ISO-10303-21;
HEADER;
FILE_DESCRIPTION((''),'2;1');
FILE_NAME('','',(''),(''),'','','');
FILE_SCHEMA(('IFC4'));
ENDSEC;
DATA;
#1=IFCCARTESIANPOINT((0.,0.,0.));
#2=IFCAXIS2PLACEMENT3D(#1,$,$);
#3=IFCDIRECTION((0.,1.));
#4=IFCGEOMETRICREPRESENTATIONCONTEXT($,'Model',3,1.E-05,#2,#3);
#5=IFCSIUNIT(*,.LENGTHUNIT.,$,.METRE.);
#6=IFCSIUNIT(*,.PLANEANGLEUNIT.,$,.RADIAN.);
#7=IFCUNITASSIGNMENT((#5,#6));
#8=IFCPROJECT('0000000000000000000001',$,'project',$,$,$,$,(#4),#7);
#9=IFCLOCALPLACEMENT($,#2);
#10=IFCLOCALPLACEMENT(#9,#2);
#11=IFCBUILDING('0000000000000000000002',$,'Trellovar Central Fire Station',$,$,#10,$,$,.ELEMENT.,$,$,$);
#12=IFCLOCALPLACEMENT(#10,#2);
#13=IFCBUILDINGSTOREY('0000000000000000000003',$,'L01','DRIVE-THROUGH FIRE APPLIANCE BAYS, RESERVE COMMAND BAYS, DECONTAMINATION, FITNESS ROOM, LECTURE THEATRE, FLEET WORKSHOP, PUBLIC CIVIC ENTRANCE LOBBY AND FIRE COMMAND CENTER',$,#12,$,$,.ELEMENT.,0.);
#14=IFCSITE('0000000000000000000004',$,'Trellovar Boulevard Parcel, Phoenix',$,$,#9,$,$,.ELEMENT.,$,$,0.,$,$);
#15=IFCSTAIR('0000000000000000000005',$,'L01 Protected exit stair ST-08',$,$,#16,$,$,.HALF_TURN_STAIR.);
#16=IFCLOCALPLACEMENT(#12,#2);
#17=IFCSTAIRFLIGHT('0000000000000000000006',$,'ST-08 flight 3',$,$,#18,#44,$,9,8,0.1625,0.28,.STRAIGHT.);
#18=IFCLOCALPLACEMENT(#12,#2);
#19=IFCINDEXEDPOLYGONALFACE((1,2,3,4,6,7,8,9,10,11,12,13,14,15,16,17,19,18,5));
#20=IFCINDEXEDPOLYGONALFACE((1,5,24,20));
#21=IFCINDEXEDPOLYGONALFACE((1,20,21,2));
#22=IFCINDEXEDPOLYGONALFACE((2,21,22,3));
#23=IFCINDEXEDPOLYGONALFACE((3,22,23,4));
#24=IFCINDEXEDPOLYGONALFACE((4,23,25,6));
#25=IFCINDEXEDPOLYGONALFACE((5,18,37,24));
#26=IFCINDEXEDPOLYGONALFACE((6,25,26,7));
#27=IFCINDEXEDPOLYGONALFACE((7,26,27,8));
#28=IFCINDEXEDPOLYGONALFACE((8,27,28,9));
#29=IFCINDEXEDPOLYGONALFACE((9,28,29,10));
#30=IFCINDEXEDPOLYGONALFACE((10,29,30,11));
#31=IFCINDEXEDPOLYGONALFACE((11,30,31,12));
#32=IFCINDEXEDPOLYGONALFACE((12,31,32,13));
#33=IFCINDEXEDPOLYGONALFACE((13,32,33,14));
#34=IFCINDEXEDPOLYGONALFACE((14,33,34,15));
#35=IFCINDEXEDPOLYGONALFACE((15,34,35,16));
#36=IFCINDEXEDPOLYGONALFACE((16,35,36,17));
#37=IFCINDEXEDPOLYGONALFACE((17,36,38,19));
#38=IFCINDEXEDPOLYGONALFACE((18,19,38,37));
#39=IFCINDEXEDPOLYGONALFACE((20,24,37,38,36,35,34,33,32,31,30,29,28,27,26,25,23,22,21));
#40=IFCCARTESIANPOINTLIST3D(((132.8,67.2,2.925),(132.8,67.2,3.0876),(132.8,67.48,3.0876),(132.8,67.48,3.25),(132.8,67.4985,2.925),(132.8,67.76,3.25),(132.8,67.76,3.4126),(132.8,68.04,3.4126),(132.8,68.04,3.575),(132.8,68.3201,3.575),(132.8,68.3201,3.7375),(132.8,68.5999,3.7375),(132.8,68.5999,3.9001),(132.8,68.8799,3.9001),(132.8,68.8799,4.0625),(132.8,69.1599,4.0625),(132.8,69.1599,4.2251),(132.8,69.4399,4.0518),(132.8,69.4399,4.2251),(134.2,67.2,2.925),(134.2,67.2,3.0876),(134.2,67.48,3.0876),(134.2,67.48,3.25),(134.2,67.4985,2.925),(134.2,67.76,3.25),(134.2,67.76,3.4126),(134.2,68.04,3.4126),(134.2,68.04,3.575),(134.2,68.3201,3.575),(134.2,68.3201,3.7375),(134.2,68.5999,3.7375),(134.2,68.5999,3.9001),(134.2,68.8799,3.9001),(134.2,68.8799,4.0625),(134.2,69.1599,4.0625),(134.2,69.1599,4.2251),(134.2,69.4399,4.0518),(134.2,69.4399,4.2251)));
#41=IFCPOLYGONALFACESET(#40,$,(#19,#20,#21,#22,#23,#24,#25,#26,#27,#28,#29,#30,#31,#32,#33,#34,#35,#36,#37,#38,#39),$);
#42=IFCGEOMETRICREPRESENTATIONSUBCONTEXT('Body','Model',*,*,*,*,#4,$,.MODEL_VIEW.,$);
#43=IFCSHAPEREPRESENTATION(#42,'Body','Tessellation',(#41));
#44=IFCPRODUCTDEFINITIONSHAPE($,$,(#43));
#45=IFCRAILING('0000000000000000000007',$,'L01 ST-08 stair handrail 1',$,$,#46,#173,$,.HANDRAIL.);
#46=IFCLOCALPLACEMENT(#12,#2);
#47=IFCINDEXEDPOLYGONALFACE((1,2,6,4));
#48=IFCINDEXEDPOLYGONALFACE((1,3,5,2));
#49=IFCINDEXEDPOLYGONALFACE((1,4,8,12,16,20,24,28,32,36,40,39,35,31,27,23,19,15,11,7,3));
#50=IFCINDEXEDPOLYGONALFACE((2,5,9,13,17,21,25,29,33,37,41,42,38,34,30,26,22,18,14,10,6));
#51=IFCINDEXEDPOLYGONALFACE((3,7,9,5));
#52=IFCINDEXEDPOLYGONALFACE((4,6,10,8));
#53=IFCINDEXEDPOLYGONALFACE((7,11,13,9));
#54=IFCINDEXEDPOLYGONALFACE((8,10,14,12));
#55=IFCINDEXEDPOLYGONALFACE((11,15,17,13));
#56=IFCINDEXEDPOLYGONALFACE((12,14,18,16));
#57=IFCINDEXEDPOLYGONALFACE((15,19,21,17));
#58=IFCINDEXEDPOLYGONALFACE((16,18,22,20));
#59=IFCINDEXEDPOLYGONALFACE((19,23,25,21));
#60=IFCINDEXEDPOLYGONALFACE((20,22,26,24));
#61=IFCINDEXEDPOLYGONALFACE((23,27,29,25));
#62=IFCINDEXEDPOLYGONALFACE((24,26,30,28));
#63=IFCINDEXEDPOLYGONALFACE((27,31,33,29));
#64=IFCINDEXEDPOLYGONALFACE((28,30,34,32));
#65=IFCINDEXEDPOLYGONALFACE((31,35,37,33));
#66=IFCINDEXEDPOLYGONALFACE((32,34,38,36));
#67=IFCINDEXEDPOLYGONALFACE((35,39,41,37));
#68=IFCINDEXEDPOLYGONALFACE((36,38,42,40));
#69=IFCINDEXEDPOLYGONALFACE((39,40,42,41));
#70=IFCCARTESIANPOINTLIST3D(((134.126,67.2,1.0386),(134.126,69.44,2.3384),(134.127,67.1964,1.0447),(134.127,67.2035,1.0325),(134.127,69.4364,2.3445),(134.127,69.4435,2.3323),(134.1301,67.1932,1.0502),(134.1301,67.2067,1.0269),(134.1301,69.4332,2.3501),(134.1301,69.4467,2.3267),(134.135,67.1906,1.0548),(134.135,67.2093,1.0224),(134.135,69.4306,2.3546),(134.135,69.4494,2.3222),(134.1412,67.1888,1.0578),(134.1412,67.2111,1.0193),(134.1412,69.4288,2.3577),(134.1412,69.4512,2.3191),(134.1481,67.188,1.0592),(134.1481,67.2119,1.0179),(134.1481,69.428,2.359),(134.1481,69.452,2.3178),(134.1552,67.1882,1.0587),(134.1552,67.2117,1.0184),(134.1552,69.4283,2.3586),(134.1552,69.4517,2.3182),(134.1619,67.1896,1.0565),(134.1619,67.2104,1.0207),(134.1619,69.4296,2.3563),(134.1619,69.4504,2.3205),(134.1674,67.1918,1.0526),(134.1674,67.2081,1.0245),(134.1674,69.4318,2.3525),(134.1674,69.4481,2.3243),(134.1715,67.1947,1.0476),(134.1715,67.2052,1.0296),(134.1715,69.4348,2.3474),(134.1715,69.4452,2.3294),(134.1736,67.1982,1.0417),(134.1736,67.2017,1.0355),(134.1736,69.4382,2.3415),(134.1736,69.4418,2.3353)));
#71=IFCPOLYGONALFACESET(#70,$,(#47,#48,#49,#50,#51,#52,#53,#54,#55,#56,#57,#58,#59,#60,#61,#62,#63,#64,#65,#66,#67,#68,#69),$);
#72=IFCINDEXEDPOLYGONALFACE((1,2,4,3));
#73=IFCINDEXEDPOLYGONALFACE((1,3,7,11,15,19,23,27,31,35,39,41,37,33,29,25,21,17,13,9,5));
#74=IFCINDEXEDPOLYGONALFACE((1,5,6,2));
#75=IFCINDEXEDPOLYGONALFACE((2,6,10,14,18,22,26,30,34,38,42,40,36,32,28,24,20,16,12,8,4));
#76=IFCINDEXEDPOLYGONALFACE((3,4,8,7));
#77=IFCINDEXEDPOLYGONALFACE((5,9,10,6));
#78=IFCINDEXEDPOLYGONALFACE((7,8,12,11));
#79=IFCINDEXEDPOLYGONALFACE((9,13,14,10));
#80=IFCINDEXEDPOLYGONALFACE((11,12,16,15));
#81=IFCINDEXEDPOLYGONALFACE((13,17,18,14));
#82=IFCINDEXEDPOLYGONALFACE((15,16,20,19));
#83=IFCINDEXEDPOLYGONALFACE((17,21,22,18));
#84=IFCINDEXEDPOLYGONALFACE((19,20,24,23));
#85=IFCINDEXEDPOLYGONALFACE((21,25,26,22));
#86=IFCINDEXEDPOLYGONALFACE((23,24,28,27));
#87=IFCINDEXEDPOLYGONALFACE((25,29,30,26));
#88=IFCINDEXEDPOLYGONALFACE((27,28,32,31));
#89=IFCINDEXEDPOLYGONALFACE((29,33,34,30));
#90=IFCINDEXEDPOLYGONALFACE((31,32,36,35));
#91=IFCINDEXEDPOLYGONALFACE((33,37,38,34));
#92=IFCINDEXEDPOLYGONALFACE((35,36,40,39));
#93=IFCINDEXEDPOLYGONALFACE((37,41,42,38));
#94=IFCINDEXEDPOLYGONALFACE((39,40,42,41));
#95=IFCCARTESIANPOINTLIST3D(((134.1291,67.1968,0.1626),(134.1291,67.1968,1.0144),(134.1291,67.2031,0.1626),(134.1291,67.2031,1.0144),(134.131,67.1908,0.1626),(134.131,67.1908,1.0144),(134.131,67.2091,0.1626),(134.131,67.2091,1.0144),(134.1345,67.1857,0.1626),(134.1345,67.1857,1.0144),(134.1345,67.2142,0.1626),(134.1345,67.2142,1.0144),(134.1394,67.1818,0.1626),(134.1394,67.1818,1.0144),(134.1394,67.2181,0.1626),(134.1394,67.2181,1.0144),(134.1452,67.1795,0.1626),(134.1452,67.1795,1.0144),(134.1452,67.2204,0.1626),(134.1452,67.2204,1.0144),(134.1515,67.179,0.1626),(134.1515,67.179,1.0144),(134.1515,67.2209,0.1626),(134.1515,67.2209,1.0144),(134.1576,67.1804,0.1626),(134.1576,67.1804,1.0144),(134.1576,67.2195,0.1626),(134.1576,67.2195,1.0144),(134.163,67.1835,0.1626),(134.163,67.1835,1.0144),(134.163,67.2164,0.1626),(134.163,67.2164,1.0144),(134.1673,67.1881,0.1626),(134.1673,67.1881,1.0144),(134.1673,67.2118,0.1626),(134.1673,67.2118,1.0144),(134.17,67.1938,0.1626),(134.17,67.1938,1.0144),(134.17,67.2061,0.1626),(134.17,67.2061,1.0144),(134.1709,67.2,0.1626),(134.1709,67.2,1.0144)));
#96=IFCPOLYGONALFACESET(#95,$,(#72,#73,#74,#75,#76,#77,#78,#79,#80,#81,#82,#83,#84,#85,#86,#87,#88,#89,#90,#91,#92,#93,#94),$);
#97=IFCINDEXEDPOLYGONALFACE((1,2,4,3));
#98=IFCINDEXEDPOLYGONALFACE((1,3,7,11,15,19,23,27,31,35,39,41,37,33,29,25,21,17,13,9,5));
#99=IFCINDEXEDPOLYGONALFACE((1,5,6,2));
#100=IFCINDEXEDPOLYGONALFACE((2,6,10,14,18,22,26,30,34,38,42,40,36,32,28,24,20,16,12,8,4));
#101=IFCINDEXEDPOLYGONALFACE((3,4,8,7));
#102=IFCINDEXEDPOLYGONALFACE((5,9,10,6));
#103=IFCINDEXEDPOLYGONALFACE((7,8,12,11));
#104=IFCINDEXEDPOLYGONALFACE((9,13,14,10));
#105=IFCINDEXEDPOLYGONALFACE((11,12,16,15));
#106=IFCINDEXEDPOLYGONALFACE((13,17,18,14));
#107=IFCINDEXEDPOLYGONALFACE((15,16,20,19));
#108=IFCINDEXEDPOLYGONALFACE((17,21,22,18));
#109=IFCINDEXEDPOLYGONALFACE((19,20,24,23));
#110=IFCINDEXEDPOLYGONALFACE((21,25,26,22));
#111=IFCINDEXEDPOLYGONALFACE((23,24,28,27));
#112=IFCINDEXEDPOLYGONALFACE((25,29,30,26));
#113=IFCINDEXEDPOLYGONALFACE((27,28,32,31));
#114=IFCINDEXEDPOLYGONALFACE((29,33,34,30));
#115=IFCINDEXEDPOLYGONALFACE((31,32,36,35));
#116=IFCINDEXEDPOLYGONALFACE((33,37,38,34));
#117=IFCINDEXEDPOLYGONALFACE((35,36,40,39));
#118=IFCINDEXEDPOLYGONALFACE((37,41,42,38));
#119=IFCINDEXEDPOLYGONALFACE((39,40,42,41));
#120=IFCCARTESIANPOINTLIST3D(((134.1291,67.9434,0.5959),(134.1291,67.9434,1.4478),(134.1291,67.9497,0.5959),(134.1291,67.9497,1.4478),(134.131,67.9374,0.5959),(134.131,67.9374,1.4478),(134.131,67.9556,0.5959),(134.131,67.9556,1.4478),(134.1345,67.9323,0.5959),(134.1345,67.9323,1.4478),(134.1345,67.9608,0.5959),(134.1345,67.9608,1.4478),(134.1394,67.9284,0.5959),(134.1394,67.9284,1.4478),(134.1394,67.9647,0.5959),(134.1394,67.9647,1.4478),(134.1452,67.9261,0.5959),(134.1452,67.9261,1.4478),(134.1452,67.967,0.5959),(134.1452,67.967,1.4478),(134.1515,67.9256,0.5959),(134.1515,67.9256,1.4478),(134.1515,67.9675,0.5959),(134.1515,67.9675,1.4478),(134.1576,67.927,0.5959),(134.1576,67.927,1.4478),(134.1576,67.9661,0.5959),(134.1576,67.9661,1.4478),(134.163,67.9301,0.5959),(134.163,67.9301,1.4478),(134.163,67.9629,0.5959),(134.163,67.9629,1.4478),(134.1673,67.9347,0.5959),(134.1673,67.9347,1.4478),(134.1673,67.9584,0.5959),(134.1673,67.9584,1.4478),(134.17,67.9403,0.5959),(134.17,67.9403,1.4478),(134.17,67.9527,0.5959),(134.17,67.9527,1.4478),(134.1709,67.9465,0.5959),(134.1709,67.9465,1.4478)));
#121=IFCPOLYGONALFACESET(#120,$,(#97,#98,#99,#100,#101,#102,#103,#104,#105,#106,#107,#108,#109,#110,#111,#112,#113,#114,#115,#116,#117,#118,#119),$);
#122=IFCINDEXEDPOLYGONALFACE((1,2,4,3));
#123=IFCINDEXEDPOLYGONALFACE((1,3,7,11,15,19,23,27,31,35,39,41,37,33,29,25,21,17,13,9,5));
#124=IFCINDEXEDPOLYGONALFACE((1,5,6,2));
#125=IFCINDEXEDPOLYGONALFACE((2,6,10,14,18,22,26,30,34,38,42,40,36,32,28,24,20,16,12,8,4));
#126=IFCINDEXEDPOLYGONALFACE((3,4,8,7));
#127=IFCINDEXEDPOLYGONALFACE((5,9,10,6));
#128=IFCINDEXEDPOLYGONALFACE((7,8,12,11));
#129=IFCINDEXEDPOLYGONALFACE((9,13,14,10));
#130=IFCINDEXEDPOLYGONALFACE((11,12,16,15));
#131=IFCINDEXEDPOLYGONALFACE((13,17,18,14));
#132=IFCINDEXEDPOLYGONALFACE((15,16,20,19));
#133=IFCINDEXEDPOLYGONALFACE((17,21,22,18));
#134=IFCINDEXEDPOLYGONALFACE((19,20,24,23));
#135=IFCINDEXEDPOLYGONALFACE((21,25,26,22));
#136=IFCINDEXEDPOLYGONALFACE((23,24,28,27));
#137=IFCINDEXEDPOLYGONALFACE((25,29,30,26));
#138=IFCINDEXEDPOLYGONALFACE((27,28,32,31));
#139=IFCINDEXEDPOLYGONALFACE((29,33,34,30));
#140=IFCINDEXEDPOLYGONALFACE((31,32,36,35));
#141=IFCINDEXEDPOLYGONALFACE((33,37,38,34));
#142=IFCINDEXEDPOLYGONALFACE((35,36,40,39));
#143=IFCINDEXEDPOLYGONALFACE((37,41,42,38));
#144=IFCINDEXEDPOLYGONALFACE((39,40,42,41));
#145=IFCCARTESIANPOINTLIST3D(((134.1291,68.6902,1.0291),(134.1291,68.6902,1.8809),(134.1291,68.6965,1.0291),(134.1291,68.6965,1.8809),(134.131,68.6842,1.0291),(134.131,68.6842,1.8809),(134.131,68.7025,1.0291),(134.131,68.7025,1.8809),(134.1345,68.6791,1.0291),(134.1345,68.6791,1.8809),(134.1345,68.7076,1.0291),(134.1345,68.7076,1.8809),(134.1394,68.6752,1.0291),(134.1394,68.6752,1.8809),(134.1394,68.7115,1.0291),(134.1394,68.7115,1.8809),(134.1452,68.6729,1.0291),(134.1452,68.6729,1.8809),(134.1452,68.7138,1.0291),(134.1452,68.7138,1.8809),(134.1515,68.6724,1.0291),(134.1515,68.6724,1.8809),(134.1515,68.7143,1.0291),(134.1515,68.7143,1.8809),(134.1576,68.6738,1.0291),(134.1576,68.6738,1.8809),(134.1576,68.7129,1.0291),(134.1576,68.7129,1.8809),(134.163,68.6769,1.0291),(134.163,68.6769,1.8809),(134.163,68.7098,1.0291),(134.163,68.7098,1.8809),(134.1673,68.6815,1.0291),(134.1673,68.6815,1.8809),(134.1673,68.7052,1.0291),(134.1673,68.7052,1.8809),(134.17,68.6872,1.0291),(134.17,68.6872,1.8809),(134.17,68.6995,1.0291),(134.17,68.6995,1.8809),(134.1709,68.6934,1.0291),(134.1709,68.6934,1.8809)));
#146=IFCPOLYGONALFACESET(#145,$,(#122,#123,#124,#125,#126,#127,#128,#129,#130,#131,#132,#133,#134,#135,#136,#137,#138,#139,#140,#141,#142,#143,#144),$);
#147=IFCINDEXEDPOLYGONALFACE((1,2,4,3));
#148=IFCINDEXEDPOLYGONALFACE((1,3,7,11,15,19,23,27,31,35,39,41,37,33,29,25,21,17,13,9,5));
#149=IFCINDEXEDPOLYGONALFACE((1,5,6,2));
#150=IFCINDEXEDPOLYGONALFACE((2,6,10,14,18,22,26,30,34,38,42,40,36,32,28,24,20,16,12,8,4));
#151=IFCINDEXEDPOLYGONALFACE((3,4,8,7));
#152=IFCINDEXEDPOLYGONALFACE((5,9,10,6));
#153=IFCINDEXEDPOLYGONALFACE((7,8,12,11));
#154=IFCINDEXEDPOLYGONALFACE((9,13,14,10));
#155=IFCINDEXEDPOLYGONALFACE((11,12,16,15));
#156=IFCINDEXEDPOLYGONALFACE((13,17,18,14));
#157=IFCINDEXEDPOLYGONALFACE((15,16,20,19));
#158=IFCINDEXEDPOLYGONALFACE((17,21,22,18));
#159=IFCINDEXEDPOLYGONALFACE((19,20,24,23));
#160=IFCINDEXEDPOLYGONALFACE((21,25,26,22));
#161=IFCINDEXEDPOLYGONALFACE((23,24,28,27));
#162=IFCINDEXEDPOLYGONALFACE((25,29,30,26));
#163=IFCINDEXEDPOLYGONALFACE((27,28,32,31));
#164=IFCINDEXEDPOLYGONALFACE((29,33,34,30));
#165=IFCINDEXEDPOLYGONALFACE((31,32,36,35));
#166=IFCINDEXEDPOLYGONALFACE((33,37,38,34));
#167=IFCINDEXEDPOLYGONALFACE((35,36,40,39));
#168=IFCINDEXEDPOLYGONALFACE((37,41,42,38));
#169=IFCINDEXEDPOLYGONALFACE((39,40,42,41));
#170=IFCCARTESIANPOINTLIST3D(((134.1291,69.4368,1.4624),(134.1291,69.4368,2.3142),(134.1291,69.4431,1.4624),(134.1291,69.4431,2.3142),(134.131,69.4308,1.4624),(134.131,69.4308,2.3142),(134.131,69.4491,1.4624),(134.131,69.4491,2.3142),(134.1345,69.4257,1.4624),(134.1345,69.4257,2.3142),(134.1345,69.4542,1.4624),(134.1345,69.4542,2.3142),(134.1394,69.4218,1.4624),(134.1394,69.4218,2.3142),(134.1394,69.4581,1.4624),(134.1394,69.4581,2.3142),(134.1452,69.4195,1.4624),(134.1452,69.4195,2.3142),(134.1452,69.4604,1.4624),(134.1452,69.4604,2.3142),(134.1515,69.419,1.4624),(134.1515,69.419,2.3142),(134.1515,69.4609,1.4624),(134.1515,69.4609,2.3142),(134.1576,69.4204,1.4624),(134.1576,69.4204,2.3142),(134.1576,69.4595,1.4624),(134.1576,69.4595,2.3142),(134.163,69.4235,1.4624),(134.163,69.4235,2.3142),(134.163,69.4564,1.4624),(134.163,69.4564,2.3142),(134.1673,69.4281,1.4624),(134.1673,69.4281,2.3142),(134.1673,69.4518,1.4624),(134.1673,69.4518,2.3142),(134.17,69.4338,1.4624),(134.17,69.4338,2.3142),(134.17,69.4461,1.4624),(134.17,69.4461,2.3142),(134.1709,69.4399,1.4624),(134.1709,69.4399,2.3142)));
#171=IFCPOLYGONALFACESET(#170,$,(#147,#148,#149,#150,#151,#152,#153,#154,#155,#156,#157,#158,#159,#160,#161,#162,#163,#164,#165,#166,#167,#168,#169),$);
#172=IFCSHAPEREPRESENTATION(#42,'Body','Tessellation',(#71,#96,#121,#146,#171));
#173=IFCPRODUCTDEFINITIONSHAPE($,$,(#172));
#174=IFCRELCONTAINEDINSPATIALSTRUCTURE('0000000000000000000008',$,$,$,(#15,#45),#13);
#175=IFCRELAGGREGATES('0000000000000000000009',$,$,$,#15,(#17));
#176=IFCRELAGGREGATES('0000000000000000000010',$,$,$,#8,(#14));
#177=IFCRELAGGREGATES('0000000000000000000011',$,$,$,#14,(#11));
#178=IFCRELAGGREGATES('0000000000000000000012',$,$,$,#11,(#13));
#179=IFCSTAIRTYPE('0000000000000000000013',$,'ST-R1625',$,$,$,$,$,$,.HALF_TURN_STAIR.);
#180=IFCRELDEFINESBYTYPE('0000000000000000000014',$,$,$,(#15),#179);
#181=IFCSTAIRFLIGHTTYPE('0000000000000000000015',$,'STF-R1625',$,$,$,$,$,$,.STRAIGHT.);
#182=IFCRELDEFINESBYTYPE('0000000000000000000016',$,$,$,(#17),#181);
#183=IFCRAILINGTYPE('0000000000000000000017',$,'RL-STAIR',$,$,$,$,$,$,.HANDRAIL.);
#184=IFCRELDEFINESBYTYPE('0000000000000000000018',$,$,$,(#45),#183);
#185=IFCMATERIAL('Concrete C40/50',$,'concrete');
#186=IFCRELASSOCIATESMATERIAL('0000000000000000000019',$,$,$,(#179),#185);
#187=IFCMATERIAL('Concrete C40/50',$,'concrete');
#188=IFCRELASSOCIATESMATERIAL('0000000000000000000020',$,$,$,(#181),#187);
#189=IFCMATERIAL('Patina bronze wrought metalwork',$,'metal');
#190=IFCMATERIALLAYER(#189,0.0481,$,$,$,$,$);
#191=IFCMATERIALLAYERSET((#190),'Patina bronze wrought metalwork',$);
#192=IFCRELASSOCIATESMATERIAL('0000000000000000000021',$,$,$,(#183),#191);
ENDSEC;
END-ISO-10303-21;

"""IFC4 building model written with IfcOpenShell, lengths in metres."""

from ifc_helpers import new_model, si_unit, direction, frame, origin, origin_2d, place, context, subcontext, project, spatial, polyline, circle, outline, extrude, material, layer, layer_set, type_object, element, aggregate, save


model = new_model("IFC4")

# Units and contexts
model_context = context("Model", 3, precision=1e-05, world=origin(), true_north=direction((0.0, 1.0)))
body_context = subcontext(model_context, "Body", "Model", "MODEL_VIEW")
ifc_project = project(units=[si_unit("LENGTHUNIT", "METRE"), si_unit("PLANEANGLEUNIT", "RADIAN")], contexts=[model_context])

# Site, building, storey
site_placement = place(None, origin())
site = spatial("IfcSite", under=ifc_project, at=site_placement, Name="Trellovar Boulevard Parcel, Phoenix", CompositionType="ELEMENT", RefElevation=0.0)
building_placement = place(site_placement, origin())
building = spatial("IfcBuilding", under=site, at=building_placement, Name="Trellovar Central Fire Station", CompositionType="ELEMENT")
storey_placement = place(building_placement, origin())
storey = spatial("IfcBuildingStorey", under=building, at=storey_placement, Name="L01", Description="DRIVE-THROUGH FIRE APPLIANCE BAYS, RESERVE COMMAND BAYS, DECONTAMINATION, FITNESS ROOM, LECTURE THEATRE, FLEET WORKSHOP, PUBLIC CIVIC ENTRANCE LOBBY AND FIRE COMMAND CENTER", CompositionType="ELEMENT", Elevation=0.0)

# Stair, stair flight
ifc_material_1 = material(Name="Concrete C40/50", Category="concrete")
stair_type = type_object("IfcStairType", Name="ST-R1625", PredefinedType="HALF_TURN_STAIR", material=ifc_material_1)
stair_placement = place(storey_placement, origin())
stair = element("IfcStair", 1, at=stair_placement, inside=storey, type_object=stair_type, Name="L01 Protected exit stair ST-08", PredefinedType="HALF_TURN_STAIR")
ifc_material_2 = material(Name="Concrete C40/50", Category="concrete")
stair_flight_type = type_object("IfcStairFlightType", Name="STF-R1625", PredefinedType="STRAIGHT", material=ifc_material_2)
stair_flight_1_placement = place(storey_placement, frame((133.5, 67.2, 2.925), z_axis=(0.0, 0.0, 1.0), x_axis=(0.0, 1.0, 0.0)))
stair_flight_1 = element("IfcStairFlight", 2, at=stair_flight_1_placement, type_object=stair_flight_type, Name="ST-08 flight 3", NumberOfRisers=9, NumberOfTreads=8, PredefinedType="STRAIGHT", RiserHeight=0.1625, TreadLength=0.28, context=body_context, shape_type="SweptSolid", body=[
    extrude(outline(polyline([(0.0, 0.0), (0.0, 0.1626), (0.28, 0.1626), (0.28, 0.325), (0.5601, 0.325), (0.5601, 0.4875), (0.8401, 0.4875), (0.8401, 0.6499), (1.1201, 0.6499), (1.1201, 0.8125), (1.3999, 0.8125), (1.3999, 0.9751), (1.6799, 0.9751), (1.6799, 1.1375), (1.96, 1.1375), (1.96, 1.3), (2.24, 1.3), (2.24, 1.4624), (2.24, 1.1267), (0.2986, 0.0), (0.0, 0.0)])), frame((0.0, 0.7, 0.0), z_axis=(0.0, -1.0, 0.0), x_axis=(1.0, 0.0, 0.0)), (0.0, 0.0, 1.0), 1.3999),
])
aggregate(stair, [stair_flight_1])

# Railing
ifc_material_3 = material(Name="Patina bronze wrought metalwork", Category="metal")
ifc_layer_1 = layer(ifc_material_3, 0.0481)
ifc_layer_set_1 = layer_set([ifc_layer_1], Name="Patina bronze wrought metalwork")
railing_type_1 = type_object("IfcRailingType", Name="RL-STAIR", PredefinedType="HANDRAIL", material=ifc_layer_set_1)
railing_1_placement = place(storey_placement, frame((134.1499, 67.2, 0.1626)))
element("IfcRailing", 3, at=railing_1_placement, inside=storey, type_object=railing_type_1, Name="L01 ST-08 stair handrail 1", PredefinedType="HANDRAIL", context=body_context, shape_type="SweptSolid", body=[
    extrude(circle(Radius=0.0239, at=origin_2d()), frame((0.0, 0.0, 0.876), z_axis=(0.0, 0.864929, 0.501894), x_axis=(-1.0, 0.0, 0.0)), (0.0, 0.0, 1.0), 2.5898),
    extrude(circle(Radius=0.021, at=origin_2d()), origin(), (0.0, 0.0, 1.0), 0.8518),
    extrude(circle(Radius=0.021, at=origin_2d()), frame((0.0, 0.7466, 0.4333)), (0.0, 0.0, 1.0), 0.8518),
    extrude(circle(Radius=0.021, at=origin_2d()), frame((0.0, 1.4934, 0.8665)), (0.0, 0.0, 1.0), 0.8518),
    extrude(circle(Radius=0.021, at=origin_2d()), frame((0.0, 2.24, 1.2998)), (0.0, 0.0, 1.0), 0.8518),
])

save(model, "model.ifc")
